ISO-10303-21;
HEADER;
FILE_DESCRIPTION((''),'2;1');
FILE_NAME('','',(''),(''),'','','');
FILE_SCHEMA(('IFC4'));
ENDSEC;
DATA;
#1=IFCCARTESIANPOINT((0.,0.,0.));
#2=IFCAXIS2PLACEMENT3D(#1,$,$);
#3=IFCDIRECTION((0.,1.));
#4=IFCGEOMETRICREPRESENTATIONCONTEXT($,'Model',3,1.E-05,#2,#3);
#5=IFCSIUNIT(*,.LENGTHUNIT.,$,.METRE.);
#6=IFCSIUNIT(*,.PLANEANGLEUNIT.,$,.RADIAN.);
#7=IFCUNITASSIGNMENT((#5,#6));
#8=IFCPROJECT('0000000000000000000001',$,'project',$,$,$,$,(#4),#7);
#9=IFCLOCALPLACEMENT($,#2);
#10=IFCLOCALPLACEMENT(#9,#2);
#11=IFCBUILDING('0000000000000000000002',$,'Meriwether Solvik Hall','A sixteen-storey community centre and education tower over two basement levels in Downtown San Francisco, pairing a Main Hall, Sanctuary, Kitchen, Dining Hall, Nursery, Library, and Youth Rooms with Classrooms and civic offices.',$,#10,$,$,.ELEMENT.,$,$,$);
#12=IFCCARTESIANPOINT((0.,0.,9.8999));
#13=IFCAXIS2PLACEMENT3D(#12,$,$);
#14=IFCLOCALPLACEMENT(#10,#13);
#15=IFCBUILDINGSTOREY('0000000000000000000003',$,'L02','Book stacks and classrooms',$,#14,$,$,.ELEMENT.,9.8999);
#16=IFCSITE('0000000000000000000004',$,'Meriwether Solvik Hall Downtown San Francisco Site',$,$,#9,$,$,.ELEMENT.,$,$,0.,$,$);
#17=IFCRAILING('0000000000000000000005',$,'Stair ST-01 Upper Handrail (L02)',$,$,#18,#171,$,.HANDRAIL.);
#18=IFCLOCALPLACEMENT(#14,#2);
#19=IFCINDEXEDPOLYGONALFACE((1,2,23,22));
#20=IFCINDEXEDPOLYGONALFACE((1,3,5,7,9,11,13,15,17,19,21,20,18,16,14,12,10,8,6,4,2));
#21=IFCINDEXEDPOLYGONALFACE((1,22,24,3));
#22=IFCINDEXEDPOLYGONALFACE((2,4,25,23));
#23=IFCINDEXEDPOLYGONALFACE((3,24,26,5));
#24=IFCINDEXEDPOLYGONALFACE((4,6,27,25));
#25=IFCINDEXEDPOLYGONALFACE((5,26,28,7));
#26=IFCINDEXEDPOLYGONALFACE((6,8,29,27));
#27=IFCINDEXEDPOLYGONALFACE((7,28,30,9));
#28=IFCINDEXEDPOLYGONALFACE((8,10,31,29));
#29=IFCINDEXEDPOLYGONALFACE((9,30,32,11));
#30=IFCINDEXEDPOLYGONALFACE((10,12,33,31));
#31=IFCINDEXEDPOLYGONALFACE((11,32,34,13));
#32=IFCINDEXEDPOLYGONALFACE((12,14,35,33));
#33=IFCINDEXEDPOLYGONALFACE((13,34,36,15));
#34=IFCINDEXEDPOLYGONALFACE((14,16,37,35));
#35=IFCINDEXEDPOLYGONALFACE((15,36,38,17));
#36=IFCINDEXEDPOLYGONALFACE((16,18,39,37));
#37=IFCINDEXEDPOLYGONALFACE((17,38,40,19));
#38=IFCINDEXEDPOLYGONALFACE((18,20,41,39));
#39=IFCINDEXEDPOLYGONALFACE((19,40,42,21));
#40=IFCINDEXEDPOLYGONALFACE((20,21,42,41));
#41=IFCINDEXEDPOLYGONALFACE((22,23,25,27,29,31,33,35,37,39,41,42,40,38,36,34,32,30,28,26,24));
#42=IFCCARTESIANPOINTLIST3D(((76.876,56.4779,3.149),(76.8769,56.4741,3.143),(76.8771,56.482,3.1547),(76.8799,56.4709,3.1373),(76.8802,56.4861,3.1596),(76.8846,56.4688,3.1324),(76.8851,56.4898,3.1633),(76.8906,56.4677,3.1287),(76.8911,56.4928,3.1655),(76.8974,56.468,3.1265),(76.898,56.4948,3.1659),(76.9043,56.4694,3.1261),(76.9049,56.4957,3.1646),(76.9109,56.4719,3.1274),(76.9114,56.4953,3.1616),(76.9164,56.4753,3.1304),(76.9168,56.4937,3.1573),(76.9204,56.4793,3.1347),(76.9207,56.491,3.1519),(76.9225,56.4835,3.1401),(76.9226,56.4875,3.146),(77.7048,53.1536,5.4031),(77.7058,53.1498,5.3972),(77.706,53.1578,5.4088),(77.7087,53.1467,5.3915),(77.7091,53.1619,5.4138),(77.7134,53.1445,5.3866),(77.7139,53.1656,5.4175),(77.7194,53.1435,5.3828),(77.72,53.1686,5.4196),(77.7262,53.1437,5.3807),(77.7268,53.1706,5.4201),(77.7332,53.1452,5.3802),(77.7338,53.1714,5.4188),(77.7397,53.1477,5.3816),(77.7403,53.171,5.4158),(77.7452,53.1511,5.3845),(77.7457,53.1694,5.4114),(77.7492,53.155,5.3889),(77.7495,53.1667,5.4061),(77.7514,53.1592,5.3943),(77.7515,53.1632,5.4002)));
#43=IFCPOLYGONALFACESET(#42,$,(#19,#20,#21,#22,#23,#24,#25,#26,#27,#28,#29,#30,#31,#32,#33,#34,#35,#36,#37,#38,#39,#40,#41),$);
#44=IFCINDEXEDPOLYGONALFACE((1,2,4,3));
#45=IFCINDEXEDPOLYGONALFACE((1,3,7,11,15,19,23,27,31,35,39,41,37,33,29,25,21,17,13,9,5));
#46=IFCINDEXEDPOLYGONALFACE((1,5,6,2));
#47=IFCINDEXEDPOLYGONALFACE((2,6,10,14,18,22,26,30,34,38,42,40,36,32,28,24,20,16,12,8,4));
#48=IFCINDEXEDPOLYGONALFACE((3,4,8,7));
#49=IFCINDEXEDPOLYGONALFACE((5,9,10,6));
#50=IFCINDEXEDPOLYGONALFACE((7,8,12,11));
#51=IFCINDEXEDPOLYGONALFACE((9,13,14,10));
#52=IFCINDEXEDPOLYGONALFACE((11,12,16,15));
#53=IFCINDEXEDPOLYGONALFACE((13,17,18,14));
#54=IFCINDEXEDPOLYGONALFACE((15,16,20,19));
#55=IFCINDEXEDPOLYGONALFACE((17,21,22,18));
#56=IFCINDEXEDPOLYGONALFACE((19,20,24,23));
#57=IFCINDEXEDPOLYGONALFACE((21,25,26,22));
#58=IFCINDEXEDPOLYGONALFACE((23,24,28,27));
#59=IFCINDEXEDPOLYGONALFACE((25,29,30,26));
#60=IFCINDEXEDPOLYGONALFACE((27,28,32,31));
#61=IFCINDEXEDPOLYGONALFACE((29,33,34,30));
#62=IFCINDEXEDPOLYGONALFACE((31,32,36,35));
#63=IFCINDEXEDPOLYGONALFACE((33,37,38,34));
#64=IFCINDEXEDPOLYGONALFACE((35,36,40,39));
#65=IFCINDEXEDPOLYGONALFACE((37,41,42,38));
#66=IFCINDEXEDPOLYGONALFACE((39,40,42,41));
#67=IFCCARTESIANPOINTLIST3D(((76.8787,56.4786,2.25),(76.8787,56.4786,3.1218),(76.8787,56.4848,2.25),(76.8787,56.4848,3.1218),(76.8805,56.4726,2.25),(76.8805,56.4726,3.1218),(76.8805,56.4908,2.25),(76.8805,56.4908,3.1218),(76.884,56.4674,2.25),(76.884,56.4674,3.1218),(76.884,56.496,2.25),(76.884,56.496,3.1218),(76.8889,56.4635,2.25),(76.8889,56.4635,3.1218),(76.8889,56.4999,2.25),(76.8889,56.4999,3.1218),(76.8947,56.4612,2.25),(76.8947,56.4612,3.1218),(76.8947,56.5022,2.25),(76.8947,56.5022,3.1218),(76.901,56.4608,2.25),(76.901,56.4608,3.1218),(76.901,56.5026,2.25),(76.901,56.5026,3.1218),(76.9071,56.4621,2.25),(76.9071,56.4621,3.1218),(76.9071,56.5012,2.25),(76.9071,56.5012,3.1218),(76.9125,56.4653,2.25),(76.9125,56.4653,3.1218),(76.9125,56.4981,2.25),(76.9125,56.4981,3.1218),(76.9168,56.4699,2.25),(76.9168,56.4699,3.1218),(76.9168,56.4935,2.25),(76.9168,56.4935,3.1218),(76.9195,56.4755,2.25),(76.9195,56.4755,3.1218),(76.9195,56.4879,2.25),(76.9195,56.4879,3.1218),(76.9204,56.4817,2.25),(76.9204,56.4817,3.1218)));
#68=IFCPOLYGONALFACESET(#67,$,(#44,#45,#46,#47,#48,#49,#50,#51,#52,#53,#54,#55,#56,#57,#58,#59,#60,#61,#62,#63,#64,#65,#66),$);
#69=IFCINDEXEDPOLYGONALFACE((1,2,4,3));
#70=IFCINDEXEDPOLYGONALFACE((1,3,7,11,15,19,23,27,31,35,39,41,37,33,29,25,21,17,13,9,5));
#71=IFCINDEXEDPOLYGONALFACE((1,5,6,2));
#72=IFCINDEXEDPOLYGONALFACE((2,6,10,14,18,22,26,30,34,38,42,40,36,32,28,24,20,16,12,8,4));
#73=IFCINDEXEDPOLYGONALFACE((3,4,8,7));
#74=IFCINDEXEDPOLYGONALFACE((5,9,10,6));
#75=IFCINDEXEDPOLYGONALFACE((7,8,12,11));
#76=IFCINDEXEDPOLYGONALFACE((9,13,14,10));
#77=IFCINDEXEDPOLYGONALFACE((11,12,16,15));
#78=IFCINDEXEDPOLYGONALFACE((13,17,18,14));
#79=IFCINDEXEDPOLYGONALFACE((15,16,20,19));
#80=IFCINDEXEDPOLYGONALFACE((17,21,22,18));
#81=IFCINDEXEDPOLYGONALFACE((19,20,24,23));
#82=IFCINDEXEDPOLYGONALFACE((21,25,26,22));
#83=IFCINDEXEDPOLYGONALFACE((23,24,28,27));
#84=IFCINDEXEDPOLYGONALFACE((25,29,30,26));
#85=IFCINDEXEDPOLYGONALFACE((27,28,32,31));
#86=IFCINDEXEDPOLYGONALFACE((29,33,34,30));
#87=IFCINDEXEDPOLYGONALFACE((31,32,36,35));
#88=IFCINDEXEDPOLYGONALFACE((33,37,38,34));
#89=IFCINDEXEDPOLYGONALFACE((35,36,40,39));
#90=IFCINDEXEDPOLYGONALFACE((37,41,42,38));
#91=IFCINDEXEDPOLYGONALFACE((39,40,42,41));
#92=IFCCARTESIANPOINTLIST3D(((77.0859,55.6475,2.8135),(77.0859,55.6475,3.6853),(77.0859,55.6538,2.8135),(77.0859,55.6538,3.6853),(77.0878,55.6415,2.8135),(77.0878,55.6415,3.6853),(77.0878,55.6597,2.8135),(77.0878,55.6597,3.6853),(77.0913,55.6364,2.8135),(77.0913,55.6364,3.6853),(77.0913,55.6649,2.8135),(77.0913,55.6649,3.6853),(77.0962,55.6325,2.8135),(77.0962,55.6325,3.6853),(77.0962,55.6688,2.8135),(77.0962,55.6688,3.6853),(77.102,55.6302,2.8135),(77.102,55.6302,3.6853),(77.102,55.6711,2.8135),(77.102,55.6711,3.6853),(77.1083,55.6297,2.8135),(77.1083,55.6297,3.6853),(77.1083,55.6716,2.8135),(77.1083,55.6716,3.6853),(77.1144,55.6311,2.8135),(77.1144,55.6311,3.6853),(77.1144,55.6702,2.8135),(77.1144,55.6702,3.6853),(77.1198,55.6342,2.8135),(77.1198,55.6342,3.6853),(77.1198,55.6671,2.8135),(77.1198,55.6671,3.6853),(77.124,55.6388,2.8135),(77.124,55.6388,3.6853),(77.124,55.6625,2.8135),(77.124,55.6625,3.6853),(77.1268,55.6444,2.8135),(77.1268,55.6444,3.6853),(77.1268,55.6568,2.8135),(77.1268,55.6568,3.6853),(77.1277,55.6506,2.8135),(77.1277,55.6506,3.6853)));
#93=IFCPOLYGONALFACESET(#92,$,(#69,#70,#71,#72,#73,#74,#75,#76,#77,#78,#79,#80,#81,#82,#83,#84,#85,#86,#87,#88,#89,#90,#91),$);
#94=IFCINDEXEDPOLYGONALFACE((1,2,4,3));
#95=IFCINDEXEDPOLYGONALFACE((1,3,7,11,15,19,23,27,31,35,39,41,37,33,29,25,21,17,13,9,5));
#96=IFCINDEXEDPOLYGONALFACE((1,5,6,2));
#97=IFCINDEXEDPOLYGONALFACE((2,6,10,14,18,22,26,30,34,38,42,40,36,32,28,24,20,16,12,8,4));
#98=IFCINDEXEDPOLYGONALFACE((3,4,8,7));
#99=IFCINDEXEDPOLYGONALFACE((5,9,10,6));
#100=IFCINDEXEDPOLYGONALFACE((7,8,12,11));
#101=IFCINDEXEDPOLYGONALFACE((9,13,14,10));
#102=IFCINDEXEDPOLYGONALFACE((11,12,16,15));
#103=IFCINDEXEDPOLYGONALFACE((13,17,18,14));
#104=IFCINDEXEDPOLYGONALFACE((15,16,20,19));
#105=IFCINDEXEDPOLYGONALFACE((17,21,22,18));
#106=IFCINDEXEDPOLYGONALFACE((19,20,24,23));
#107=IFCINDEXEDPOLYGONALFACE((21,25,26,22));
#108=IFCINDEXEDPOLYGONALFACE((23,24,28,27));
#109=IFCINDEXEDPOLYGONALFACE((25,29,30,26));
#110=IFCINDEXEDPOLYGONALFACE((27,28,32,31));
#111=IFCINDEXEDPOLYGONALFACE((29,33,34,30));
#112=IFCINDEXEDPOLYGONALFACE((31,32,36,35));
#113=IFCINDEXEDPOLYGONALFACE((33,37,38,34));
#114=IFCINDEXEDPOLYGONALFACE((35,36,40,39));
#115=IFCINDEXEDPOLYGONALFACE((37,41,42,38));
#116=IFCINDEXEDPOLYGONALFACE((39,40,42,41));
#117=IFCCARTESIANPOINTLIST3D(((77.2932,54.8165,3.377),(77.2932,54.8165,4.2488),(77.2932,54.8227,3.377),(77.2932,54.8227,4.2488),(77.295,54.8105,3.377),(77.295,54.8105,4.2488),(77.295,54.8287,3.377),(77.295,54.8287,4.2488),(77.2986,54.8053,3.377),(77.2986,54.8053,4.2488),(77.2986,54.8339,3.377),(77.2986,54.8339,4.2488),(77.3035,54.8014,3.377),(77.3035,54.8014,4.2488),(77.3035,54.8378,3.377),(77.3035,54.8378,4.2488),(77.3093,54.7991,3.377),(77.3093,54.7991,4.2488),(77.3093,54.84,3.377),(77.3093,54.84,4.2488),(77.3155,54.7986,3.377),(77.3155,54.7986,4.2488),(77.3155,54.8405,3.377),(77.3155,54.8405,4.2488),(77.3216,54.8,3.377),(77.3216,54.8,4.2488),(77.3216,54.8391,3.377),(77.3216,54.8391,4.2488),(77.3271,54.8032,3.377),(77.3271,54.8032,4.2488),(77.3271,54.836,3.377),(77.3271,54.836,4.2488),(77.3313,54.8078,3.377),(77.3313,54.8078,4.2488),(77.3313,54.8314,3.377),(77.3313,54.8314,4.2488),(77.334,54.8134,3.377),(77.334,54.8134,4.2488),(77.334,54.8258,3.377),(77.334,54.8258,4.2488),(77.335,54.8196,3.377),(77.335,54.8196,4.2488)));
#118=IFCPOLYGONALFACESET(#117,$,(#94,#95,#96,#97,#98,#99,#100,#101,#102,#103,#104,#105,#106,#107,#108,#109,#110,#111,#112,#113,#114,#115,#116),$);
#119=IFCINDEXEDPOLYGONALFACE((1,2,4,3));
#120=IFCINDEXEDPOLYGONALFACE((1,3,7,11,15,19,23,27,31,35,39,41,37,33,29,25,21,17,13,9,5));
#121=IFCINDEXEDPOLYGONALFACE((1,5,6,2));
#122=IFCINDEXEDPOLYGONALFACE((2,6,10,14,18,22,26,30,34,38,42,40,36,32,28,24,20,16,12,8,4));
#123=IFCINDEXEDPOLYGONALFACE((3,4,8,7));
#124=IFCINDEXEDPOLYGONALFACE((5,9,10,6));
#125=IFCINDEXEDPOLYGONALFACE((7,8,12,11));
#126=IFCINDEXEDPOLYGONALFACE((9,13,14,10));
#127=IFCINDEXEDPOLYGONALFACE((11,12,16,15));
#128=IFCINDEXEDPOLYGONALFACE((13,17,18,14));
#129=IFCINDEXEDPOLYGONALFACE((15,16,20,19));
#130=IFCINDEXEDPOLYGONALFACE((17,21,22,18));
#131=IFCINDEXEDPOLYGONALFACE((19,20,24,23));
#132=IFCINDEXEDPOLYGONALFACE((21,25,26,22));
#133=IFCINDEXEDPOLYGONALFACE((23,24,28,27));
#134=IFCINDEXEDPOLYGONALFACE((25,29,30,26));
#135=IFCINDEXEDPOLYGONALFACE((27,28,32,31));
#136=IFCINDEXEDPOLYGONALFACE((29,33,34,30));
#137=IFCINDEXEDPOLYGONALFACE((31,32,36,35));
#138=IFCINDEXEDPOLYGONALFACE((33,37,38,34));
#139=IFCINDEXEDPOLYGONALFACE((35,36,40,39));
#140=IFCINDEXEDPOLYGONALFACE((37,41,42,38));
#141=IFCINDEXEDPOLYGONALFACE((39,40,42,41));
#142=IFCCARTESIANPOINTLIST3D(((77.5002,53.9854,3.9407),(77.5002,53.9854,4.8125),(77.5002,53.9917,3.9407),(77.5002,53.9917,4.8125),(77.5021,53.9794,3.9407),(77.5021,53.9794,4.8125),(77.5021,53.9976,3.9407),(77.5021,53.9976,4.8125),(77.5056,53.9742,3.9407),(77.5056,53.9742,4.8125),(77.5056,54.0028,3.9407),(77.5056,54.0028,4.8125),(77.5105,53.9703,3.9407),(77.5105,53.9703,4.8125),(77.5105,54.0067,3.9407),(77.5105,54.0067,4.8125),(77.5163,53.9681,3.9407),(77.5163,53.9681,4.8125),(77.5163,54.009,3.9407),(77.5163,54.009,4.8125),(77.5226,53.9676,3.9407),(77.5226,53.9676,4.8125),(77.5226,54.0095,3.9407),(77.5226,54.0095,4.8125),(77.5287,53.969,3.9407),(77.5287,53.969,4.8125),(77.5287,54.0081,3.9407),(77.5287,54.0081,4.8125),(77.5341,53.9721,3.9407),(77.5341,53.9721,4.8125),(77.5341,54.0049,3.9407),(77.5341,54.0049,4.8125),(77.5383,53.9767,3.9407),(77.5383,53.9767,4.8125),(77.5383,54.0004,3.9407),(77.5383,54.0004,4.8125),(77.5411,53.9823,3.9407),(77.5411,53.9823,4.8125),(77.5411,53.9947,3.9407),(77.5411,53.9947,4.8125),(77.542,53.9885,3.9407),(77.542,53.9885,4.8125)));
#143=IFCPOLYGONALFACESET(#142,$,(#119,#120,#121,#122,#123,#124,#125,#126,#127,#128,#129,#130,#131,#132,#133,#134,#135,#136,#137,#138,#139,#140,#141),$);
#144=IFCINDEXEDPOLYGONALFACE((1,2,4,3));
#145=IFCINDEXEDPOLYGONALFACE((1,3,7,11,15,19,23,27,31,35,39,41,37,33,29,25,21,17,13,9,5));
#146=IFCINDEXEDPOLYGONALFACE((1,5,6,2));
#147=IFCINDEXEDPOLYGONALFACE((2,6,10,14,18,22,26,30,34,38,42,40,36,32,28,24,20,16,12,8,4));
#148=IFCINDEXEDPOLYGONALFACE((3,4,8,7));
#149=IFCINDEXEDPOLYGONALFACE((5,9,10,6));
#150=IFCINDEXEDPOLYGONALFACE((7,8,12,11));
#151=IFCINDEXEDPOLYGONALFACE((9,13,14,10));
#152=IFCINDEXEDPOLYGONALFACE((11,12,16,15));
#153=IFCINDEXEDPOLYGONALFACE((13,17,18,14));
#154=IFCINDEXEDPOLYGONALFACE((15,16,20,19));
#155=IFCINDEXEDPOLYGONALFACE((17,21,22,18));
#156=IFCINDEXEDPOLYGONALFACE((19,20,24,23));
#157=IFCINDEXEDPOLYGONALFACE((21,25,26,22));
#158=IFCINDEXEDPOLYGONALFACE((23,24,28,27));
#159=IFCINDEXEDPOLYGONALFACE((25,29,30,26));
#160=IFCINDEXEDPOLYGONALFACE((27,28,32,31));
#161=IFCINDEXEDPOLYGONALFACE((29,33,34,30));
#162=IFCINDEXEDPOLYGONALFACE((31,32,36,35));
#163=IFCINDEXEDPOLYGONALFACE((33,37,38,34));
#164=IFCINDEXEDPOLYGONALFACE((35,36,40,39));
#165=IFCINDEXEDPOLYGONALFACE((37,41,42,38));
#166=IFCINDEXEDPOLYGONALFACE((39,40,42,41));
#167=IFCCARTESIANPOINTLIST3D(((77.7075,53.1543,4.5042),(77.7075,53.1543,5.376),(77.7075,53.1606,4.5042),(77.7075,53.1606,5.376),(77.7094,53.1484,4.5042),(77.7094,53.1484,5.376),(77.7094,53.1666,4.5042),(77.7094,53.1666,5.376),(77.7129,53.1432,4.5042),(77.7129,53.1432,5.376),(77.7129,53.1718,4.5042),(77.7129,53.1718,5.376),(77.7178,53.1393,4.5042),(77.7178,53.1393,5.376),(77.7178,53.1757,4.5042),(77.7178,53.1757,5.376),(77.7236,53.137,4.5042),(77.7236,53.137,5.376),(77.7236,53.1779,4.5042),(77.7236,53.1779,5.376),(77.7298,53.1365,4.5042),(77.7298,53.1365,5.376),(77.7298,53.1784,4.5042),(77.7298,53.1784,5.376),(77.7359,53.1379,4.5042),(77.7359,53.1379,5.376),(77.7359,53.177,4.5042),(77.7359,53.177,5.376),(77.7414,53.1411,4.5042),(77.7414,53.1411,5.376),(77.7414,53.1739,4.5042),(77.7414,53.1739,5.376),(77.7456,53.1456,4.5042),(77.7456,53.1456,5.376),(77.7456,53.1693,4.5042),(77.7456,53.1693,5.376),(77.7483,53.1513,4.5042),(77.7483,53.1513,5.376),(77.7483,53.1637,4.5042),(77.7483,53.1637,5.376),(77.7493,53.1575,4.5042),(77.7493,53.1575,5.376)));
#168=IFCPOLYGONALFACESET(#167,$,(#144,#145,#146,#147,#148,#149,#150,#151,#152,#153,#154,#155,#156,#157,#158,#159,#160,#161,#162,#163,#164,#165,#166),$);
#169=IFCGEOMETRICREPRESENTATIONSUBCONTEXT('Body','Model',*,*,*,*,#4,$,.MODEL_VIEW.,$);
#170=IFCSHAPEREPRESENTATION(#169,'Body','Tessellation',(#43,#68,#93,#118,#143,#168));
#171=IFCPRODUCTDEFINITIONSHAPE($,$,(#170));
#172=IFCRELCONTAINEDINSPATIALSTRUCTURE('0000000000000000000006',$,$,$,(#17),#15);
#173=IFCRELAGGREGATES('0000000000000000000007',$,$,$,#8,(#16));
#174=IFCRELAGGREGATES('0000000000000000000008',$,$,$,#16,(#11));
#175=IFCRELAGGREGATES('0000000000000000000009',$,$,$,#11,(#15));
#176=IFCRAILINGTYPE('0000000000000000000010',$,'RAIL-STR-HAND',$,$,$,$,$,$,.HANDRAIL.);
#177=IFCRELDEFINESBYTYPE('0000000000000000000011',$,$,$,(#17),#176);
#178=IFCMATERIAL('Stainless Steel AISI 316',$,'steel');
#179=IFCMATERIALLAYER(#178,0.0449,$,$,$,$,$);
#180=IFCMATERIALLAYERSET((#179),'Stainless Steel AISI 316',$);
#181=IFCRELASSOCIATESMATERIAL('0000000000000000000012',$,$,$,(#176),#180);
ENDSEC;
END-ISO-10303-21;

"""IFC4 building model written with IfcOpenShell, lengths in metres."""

from ifc_helpers import new_model, si_unit, direction, frame, origin, origin_2d, place, context, subcontext, project, spatial, circle, extrude, material, layer, layer_set, type_object, element, save


model = new_model("IFC4")

# Units and contexts
model_context = context("Model", 3, precision=1e-05, world=origin(), true_north=direction((0.0, 1.0)))
body_context = subcontext(model_context, "Body", "Model", "MODEL_VIEW")
ifc_project = project(units=[si_unit("LENGTHUNIT", "METRE"), si_unit("PLANEANGLEUNIT", "RADIAN")], contexts=[model_context])

# Site, building, storey
site_placement = place(None, origin())
site = spatial("IfcSite", under=ifc_project, at=site_placement, Name="Meriwether Solvik Hall Downtown San Francisco Site", CompositionType="ELEMENT", RefElevation=0.0)
building_placement = place(site_placement, origin())
building = spatial("IfcBuilding", under=site, at=building_placement, Name="Meriwether Solvik Hall", Description="A sixteen-storey community centre and education tower over two basement levels in Downtown San Francisco, pairing a Main Hall, Sanctuary, Kitchen, Dining Hall, Nursery, Library, and Youth Rooms with Classrooms and civic offices.", CompositionType="ELEMENT")
storey_placement = place(building_placement, frame((0.0, 0.0, 9.8999)))
storey = spatial("IfcBuildingStorey", under=building, at=storey_placement, Name="L02", Description="Book stacks and classrooms", CompositionType="ELEMENT", Elevation=9.8999)

# Railing
ifc_material_1 = material(Name="Stainless Steel AISI 316", Category="steel")
ifc_layer_1 = layer(ifc_material_1, 0.0449)
ifc_layer_set_1 = layer_set([ifc_layer_1], Name="Stainless Steel AISI 316")
railing_type_1 = type_object("IfcRailingType", Name="RAIL-STR-HAND", PredefinedType="HANDRAIL", material=ifc_layer_set_1)
railing_1_placement = place(storey_placement, frame((76.8994, 56.4817, 2.25)))
element("IfcRailing", 1, at=railing_1_placement, inside=storey, type_object=railing_type_1, Name="Stair ST-01 Upper Handrail (L02)", PredefinedType="HANDRAIL", context=body_context, shape_type="SweptSolid", body=[
    extrude(circle(Radius=0.0239, at=origin_2d()), frame((0.0, 0.0, 0.896), z_axis=(0.202108, -0.810577, 0.549652), x_axis=(0.970293, 0.241932, 0.0)), (0.0, 0.0, 1.0), 4.1011),
    extrude(circle(Radius=0.021, at=origin_2d()), origin(), (0.0, 0.0, 1.0), 0.8718),
    extrude(circle(Radius=0.021, at=origin_2d()), frame((0.2073, -0.8311, 0.5635)), (0.0, 0.0, 1.0), 0.8718),
    extrude(circle(Radius=0.021, at=origin_2d()), frame((0.4146, -1.6621, 1.127)), (0.0, 0.0, 1.0), 0.8718),
    extrude(circle(Radius=0.021, at=origin_2d()), frame((0.6216, -2.4932, 1.6907)), (0.0, 0.0, 1.0), 0.8718),
    extrude(circle(Radius=0.021, at=origin_2d()), frame((0.8289, -3.3242, 2.2542)), (0.0, 0.0, 1.0), 0.8718),
])

save(model, "model.ifc")
